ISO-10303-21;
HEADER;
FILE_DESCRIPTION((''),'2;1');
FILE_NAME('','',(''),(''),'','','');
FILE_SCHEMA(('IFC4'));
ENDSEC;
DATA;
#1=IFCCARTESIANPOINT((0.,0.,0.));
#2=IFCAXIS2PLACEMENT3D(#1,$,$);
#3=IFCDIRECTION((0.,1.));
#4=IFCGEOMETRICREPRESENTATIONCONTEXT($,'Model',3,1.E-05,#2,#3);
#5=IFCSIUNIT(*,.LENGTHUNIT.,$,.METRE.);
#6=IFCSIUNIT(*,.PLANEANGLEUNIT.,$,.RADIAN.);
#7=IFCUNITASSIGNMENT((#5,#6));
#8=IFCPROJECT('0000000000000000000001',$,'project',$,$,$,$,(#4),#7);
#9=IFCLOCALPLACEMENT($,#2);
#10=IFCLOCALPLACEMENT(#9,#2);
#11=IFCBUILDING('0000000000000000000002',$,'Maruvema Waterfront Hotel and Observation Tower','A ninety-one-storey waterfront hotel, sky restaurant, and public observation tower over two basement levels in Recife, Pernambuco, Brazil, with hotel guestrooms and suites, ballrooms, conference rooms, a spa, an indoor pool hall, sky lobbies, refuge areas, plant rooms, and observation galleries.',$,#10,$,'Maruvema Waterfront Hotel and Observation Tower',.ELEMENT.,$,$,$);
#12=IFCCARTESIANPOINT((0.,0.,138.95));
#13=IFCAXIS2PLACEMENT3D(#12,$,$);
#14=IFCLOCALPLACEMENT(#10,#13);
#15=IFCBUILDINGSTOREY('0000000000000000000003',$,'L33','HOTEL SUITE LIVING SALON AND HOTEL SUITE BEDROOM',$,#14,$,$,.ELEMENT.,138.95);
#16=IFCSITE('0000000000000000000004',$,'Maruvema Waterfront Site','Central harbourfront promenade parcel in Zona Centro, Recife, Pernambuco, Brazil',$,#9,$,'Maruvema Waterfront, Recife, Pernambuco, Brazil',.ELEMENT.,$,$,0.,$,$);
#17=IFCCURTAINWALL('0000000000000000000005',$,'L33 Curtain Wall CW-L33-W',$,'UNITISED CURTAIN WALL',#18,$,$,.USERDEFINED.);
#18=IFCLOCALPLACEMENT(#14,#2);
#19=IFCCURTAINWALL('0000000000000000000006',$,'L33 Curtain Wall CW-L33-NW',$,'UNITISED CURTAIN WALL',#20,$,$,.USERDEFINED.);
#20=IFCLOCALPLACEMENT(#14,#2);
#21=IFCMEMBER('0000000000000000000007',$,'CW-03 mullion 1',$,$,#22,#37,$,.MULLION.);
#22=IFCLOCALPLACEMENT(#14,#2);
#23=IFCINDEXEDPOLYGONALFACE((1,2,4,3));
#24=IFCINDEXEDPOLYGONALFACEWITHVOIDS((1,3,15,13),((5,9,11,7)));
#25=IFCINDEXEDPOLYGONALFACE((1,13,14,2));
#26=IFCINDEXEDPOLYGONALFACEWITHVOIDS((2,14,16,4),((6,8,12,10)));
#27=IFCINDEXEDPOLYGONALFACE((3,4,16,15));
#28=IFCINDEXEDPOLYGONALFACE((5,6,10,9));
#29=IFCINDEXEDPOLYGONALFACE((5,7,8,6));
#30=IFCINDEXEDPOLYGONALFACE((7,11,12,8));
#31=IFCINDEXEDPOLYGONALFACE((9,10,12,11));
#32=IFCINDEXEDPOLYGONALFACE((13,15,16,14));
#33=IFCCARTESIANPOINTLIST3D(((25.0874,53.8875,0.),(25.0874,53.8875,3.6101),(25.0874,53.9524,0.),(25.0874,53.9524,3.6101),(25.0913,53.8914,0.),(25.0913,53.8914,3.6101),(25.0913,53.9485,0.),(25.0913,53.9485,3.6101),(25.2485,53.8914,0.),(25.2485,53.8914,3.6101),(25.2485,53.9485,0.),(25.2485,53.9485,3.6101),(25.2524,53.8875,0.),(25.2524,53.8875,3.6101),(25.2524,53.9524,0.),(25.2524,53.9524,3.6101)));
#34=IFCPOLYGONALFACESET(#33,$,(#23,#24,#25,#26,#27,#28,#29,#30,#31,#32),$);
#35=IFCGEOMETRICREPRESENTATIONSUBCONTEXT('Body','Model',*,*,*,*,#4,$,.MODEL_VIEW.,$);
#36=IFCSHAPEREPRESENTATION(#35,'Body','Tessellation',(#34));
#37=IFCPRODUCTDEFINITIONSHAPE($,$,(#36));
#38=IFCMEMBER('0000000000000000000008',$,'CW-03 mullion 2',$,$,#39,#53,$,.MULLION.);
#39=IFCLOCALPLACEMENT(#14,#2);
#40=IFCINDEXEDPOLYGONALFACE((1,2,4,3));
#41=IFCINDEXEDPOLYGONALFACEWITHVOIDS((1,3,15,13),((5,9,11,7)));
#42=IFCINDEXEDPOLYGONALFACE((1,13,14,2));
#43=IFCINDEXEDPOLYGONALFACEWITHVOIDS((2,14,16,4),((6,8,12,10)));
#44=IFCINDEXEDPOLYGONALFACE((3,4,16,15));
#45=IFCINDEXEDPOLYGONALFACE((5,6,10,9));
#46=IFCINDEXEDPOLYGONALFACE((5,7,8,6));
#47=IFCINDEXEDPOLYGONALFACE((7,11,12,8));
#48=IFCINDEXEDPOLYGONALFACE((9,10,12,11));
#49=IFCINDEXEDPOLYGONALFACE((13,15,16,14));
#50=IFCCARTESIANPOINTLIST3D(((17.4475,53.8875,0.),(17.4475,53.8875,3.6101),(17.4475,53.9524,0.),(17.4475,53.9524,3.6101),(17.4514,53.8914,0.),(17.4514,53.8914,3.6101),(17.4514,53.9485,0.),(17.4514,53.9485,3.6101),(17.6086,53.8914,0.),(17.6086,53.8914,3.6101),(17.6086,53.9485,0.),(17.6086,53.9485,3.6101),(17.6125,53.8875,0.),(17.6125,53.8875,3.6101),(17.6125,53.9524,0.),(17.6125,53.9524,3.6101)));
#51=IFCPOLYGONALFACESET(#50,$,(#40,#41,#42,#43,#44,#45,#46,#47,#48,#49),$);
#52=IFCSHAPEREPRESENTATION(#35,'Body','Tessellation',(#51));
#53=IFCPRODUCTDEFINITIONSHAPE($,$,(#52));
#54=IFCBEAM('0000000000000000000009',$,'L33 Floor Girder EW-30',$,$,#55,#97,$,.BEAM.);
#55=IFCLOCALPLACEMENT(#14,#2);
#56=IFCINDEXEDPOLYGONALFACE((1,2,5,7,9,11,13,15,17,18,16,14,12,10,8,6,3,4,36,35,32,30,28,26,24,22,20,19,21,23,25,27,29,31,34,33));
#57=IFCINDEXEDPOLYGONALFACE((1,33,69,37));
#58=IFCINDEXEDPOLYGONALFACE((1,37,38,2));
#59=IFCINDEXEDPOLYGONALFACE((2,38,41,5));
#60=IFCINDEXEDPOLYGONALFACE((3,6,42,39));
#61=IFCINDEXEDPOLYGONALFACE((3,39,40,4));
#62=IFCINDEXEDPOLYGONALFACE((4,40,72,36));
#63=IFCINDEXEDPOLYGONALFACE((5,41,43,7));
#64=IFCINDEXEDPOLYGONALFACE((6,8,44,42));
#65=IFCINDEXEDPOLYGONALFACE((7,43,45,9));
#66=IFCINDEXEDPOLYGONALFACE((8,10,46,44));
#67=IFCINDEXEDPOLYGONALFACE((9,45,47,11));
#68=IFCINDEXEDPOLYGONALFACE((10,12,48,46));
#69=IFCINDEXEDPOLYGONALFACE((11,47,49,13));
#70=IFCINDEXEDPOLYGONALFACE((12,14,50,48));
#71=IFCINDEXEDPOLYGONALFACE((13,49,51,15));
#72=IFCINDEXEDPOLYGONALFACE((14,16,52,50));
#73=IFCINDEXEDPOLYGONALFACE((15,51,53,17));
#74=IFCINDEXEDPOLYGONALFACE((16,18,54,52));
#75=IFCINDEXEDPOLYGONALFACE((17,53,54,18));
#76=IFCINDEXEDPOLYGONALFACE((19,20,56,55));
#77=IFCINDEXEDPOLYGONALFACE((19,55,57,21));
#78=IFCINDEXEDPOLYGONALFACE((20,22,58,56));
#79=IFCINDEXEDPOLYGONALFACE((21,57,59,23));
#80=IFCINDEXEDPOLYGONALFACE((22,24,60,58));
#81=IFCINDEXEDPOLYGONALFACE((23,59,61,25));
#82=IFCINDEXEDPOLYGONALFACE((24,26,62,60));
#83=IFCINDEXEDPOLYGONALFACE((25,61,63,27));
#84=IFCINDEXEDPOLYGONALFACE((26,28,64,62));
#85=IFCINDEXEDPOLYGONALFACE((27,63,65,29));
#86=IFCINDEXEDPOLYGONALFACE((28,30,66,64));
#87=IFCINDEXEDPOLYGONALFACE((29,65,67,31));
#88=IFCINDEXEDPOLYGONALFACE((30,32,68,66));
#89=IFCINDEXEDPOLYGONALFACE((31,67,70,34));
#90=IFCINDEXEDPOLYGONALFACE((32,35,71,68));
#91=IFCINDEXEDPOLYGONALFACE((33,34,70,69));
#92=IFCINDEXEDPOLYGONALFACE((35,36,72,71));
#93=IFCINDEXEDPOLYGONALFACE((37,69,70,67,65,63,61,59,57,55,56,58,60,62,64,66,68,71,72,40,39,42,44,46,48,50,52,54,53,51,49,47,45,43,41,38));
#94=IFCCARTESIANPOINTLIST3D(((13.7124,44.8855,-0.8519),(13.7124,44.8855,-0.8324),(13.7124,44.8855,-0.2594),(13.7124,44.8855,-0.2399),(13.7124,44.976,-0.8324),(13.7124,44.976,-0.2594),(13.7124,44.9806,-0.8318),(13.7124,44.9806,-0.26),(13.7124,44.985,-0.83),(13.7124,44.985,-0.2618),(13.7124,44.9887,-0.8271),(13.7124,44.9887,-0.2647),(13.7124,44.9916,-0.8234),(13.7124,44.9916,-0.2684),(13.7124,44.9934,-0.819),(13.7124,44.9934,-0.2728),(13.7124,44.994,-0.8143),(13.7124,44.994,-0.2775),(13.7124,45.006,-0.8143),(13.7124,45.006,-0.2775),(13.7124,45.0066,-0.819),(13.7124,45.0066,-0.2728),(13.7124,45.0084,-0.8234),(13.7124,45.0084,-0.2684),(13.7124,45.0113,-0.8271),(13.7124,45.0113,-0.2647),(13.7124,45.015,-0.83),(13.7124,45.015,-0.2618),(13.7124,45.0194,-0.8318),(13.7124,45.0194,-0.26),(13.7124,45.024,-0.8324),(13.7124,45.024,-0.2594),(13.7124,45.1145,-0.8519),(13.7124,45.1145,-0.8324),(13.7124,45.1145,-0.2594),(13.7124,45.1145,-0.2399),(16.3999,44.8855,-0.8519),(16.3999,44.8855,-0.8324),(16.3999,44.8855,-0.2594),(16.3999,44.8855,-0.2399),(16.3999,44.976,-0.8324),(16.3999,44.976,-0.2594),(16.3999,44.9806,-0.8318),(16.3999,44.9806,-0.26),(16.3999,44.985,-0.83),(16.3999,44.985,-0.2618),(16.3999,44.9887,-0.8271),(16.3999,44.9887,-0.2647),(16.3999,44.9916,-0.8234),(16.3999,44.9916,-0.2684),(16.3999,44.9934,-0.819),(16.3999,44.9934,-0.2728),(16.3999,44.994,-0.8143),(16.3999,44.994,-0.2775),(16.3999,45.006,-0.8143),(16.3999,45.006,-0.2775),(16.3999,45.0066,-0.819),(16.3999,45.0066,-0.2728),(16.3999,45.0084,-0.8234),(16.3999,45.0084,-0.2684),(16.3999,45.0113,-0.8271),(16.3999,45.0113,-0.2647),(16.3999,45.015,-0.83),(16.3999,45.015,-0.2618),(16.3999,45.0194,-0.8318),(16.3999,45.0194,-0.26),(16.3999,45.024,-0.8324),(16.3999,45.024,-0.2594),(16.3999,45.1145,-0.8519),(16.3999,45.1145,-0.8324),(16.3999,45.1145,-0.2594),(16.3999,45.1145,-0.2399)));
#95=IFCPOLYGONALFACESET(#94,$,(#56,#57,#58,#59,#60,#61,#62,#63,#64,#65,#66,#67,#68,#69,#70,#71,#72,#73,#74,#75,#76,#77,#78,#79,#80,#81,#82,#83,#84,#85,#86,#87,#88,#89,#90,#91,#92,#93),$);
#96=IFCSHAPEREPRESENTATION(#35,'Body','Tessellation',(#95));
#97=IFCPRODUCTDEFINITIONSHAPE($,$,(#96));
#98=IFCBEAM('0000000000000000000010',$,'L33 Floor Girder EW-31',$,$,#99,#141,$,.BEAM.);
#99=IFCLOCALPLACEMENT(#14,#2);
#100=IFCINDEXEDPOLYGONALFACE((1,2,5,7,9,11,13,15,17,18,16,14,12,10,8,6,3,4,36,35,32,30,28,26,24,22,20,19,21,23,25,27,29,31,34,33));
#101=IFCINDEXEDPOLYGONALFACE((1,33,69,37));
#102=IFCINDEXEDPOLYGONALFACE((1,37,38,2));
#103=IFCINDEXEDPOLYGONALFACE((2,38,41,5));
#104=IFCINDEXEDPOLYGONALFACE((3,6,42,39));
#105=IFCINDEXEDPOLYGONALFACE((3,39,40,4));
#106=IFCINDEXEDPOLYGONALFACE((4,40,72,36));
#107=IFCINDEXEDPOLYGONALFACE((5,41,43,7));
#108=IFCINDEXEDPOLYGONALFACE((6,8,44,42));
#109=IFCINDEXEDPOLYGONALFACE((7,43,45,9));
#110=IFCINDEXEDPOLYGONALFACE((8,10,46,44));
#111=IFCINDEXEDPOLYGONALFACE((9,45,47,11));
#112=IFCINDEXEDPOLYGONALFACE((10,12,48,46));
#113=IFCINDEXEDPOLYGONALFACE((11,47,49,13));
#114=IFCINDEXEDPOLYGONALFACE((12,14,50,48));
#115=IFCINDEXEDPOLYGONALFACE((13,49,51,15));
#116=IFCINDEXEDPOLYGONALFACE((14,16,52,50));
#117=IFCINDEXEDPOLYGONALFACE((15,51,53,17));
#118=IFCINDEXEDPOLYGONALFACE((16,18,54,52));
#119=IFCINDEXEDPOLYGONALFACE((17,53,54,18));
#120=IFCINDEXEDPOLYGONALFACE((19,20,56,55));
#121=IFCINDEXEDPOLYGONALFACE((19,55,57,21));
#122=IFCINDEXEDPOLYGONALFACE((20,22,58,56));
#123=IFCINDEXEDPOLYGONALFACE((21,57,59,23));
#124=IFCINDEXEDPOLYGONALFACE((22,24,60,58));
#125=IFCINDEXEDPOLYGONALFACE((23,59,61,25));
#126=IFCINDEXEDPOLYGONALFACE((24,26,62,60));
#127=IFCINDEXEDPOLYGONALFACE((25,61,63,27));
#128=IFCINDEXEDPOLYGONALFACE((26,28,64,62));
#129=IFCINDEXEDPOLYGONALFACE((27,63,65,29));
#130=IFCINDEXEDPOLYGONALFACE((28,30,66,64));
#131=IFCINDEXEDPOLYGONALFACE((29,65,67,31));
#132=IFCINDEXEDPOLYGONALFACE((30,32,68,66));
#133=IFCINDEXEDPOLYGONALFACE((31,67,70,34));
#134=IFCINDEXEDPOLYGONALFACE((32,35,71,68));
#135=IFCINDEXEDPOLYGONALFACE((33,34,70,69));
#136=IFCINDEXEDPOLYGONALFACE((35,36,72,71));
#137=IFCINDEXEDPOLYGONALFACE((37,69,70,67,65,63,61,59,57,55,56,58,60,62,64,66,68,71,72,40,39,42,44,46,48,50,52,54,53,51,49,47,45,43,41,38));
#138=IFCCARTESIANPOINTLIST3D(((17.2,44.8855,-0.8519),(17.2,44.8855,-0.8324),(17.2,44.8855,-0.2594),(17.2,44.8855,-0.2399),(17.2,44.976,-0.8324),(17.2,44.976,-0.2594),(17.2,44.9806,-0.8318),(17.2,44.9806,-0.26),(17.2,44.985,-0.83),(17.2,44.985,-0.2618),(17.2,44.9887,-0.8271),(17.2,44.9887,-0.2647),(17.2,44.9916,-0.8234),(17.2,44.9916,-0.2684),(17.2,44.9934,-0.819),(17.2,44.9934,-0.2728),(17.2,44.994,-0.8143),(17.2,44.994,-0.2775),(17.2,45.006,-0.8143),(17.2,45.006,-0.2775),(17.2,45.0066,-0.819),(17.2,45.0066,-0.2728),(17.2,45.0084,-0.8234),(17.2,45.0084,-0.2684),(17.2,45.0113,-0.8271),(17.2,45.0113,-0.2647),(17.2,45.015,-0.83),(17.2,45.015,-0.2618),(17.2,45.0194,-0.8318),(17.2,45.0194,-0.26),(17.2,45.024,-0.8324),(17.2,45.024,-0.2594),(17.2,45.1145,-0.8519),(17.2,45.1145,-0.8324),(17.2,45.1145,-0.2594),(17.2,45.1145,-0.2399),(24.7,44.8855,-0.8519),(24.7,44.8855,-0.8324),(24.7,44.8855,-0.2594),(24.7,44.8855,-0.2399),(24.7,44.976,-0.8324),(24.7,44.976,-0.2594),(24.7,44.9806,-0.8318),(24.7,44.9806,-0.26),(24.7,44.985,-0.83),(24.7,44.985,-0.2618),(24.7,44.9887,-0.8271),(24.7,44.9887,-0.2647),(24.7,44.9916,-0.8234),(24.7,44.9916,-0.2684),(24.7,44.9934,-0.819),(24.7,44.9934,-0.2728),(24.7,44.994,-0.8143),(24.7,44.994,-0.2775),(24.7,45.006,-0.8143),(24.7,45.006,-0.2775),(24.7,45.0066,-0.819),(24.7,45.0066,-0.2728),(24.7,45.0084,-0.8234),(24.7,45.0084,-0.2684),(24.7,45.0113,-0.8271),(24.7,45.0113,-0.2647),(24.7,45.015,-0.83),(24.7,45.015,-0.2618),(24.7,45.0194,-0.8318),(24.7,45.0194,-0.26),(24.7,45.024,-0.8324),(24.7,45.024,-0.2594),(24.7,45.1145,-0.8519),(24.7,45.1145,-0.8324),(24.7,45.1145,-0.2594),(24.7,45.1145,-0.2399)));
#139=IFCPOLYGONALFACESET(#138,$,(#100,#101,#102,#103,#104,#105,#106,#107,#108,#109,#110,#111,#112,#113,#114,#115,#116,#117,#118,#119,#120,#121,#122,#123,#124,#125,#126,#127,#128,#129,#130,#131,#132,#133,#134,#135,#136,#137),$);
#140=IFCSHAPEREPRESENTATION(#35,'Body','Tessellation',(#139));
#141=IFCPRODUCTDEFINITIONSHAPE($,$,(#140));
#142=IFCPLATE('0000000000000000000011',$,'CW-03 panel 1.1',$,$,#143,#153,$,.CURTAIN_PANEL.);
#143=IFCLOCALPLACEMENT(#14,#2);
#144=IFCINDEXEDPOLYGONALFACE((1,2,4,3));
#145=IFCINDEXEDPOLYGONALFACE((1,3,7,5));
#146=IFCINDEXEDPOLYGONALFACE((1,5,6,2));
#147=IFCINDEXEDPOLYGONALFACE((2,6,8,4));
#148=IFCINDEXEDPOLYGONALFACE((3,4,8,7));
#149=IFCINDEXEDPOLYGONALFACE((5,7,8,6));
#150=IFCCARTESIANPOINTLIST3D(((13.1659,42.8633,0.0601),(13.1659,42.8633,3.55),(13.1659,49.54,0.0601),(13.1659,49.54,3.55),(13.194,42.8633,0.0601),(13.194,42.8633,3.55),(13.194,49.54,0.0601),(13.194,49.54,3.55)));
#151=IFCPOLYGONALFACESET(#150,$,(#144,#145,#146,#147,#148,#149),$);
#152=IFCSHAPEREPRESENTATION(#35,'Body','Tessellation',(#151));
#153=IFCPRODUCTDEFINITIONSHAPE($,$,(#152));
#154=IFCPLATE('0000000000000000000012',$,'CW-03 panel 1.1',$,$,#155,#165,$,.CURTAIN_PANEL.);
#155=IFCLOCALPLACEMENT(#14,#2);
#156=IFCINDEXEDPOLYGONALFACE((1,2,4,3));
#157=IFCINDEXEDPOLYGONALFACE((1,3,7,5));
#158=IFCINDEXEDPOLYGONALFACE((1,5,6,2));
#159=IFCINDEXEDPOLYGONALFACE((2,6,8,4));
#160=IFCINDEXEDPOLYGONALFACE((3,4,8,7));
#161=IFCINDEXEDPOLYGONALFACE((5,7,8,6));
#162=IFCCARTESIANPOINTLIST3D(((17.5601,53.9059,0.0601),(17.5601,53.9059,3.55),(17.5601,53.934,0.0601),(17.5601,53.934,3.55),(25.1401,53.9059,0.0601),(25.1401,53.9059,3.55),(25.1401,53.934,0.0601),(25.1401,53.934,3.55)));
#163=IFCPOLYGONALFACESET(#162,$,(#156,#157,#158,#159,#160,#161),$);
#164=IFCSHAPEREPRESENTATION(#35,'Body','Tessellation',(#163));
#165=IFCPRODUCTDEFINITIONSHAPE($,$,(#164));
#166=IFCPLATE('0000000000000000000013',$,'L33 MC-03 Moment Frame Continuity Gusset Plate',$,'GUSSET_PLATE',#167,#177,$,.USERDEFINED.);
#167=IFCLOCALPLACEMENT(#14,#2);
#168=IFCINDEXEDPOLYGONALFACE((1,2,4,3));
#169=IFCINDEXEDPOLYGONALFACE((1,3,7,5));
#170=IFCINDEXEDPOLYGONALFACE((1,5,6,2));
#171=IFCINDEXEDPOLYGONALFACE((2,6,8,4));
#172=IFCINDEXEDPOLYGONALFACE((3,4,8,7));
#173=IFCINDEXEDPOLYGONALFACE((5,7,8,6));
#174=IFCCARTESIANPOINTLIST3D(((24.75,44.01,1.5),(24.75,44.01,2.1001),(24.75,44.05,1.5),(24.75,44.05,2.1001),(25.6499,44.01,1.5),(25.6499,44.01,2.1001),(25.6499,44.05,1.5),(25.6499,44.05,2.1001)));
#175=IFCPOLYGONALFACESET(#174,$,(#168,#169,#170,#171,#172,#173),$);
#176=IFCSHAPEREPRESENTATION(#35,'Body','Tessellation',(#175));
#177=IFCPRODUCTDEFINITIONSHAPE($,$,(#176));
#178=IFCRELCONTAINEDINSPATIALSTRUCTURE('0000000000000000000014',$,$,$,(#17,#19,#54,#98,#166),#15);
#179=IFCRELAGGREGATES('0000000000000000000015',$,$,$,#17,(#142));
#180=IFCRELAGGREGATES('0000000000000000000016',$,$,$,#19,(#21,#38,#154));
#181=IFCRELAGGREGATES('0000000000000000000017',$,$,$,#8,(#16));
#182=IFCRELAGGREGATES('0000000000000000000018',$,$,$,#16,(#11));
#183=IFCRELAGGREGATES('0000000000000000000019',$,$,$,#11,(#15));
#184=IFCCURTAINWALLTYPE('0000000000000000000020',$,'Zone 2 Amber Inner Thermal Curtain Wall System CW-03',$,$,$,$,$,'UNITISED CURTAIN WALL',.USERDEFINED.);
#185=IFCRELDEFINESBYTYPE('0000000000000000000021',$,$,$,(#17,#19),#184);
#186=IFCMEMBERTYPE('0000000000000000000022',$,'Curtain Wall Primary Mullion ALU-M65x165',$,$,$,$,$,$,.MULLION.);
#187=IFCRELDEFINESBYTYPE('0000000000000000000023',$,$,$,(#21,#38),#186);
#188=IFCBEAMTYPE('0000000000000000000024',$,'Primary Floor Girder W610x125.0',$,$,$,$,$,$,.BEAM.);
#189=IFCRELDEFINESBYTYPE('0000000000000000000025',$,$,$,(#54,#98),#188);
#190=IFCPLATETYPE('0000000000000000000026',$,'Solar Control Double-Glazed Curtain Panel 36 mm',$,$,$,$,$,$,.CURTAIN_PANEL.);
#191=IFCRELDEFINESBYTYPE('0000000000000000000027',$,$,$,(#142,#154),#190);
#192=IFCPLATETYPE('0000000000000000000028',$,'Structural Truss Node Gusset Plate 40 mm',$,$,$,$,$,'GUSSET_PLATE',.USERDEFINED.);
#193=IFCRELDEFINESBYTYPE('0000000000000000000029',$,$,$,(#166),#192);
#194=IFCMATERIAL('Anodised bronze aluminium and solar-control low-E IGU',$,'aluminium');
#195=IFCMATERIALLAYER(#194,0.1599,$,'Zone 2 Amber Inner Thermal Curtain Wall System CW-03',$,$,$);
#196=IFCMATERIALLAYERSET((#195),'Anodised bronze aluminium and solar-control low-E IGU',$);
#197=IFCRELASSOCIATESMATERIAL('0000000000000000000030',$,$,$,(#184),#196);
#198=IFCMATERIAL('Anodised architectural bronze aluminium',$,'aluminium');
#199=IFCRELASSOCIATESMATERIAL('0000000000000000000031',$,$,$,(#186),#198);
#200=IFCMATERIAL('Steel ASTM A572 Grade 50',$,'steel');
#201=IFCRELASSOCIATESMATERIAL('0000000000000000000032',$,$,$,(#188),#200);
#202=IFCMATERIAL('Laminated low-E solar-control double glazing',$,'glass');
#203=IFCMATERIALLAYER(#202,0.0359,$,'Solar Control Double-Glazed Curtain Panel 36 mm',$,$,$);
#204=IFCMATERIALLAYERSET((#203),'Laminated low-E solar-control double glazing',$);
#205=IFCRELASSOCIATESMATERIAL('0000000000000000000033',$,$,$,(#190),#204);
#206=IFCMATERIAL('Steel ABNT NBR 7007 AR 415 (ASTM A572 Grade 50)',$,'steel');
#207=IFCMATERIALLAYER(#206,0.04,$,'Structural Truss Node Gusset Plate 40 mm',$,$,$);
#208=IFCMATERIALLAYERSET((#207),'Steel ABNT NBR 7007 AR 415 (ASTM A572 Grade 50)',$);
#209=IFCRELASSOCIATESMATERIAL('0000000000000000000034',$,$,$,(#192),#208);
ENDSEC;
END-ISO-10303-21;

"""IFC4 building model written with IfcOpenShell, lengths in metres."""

from ifc_helpers import new_model, si_unit, direction, frame, origin, origin_2d, place, context, subcontext, project, spatial, rectangle, hollow_rectangle, i_section, extrude, material, layer, layer_set, material_profile, profile_set, type_object, element, aggregate, save


model = new_model("IFC4")

# Units and contexts
model_context = context("Model", 3, precision=1e-05, world=origin(), true_north=direction((0.0, 1.0)))
body_context = subcontext(model_context, "Body", "Model", "MODEL_VIEW")
ifc_project = project(units=[si_unit("LENGTHUNIT", "METRE"), si_unit("PLANEANGLEUNIT", "RADIAN")], contexts=[model_context])

# Site, building, storey
site_placement = place(None, origin())
site = spatial("IfcSite", under=ifc_project, at=site_placement, Name="Maruvema Waterfront Site", Description="Central harbourfront promenade parcel in Zona Centro, Recife, Pernambuco, Brazil", LongName="Maruvema Waterfront, Recife, Pernambuco, Brazil", CompositionType="ELEMENT", RefElevation=0.0)
building_placement = place(site_placement, origin())
building = spatial("IfcBuilding", under=site, at=building_placement, Name="Maruvema Waterfront Hotel and Observation Tower", Description="A ninety-one-storey waterfront hotel, sky restaurant, and public observation tower over two basement levels in Recife, Pernambuco, Brazil, with hotel guestrooms and suites, ballrooms, conference rooms, a spa, an indoor pool hall, sky lobbies, refuge areas, plant rooms, and observation galleries.", LongName="Maruvema Waterfront Hotel and Observation Tower", CompositionType="ELEMENT")
storey_placement = place(building_placement, frame((0.0, 0.0, 138.95)))
storey = spatial("IfcBuildingStorey", under=building, at=storey_placement, Name="L33", Description="HOTEL SUITE LIVING SALON AND HOTEL SUITE BEDROOM", CompositionType="ELEMENT", Elevation=138.95)

# Curtain walls
ifc_material_1 = material(Name="Anodised bronze aluminium and solar-control low-E IGU", Category="aluminium")
ifc_layer_1 = layer(ifc_material_1, 0.1599, Name="Zone 2 Amber Inner Thermal Curtain Wall System CW-03")
ifc_layer_set_1 = layer_set([ifc_layer_1], Name="Anodised bronze aluminium and solar-control low-E IGU")
curtain_wall_type = type_object("IfcCurtainWallType", Name="Zone 2 Amber Inner Thermal Curtain Wall System CW-03", ElementType="UNITISED CURTAIN WALL", PredefinedType="USERDEFINED", material=ifc_layer_set_1)
curtain_wall_1_placement = place(storey_placement, origin())
curtain_wall_1 = element("IfcCurtainWall", 1, at=curtain_wall_1_placement, inside=storey, type_object=curtain_wall_type, Name="L33 Curtain Wall CW-L33-W", ObjectType="UNITISED CURTAIN WALL", PredefinedType="USERDEFINED")
curtain_wall_2_placement = place(storey_placement, origin())
curtain_wall_2 = element("IfcCurtainWall", 2, at=curtain_wall_2_placement, inside=storey, type_object=curtain_wall_type, Name="L33 Curtain Wall CW-L33-NW", ObjectType="UNITISED CURTAIN WALL", PredefinedType="USERDEFINED")

# Members
ifc_material_2 = material(Name="Anodised architectural bronze aluminium", Category="aluminium")
ifc_material_profile_1 = material_profile(ifc_material_2, hollow_rectangle(XDim=0.0649, YDim=0.165, WallThickness=0.0039, at=origin_2d()), Name="ALU-M65x165")
ifc_profile_set_1 = profile_set([ifc_material_profile_1], Name="Anodised architectural bronze aluminium")
member_type_1 = type_object("IfcMemberType", Name="Curtain Wall Primary Mullion ALU-M65x165", PredefinedType="MULLION", material=ifc_profile_set_1)
member_1_placement = place(storey_placement, frame((25.1699, 53.9199, 0.0), z_axis=(0.0, 0.0, 1.0), x_axis=(0.0, -1.0, 0.0)))
member_1 = element("IfcMember", 3, at=member_1_placement, type_object=member_type_1, Name="CW-03 mullion 1", PredefinedType="MULLION", context=body_context, shape_type="SweptSolid", body=[
    extrude(hollow_rectangle(XDim=0.0649, YDim=0.165, WallThickness=0.0039, at=origin_2d()), origin(), (0.0, 0.0, 1.0), 3.6101),
])
member_2_placement = place(storey_placement, frame((17.53, 53.9199, 0.0), z_axis=(0.0, 0.0, 1.0), x_axis=(0.0, -1.0, 0.0)))
member_2 = element("IfcMember", 4, at=member_2_placement, type_object=member_type_1, Name="CW-03 mullion 2", PredefinedType="MULLION", context=body_context, shape_type="SweptSolid", body=[
    extrude(hollow_rectangle(XDim=0.0649, YDim=0.165, WallThickness=0.0039, at=origin_2d()), origin(), (0.0, 0.0, 1.0), 3.6101),
])

# Beams
ifc_material_3 = material(Name="Steel ASTM A572 Grade 50", Category="steel")
ifc_material_profile_2 = material_profile(ifc_material_3, i_section(OverallWidth=0.229, OverallDepth=0.6121, WebThickness=0.012, FlangeThickness=0.0195, FilletRadius=0.0181, at=origin_2d()), Name="W610x125.0")
ifc_profile_set_2 = profile_set([ifc_material_profile_2], Name="Steel ASTM A572 Grade 50")
beam_type = type_object("IfcBeamType", Name="Primary Floor Girder W610x125.0", PredefinedType="BEAM", material=ifc_profile_set_2)
beam_1_placement = place(storey_placement, frame((13.7124, 45.0, -0.5459), z_axis=(1.0, 0.0, 0.0), x_axis=(0.0, 1.0, 0.0)))
element("IfcBeam", 5, at=beam_1_placement, inside=storey, type_object=beam_type, Name="L33 Floor Girder EW-30", PredefinedType="BEAM", context=body_context, shape_type="SweptSolid", body=[
    extrude(i_section(OverallWidth=0.229, OverallDepth=0.6121, WebThickness=0.012, FlangeThickness=0.0195, FilletRadius=0.0181, at=origin_2d()), origin(), (0.0, 0.0, 1.0), 2.6875),
])
beam_2_placement = place(storey_placement, frame((17.2, 45.0, -0.5459), z_axis=(1.0, 0.0, 0.0), x_axis=(0.0, 1.0, 0.0)))
element("IfcBeam", 6, at=beam_2_placement, inside=storey, type_object=beam_type, Name="L33 Floor Girder EW-31", PredefinedType="BEAM", context=body_context, shape_type="SweptSolid", body=[
    extrude(i_section(OverallWidth=0.229, OverallDepth=0.6121, WebThickness=0.012, FlangeThickness=0.0195, FilletRadius=0.0181, at=origin_2d()), origin(), (0.0, 0.0, 1.0), 7.5),
])

# Plates
ifc_material_4 = material(Name="Laminated low-E solar-control double glazing", Category="glass")
ifc_layer_2 = layer(ifc_material_4, 0.0359, Name="Solar Control Double-Glazed Curtain Panel 36 mm")
ifc_layer_set_2 = layer_set([ifc_layer_2], Name="Laminated low-E solar-control double glazing")
plate_type_1 = type_object("IfcPlateType", Name="Solar Control Double-Glazed Curtain Panel 36 mm", PredefinedType="CURTAIN_PANEL", material=ifc_layer_set_2)
plate_1_placement = place(storey_placement, frame((13.1799, 46.2017, 0.0601), z_axis=(0.0, 0.0, 1.0), x_axis=(0.0, -1.0, 0.0)))
plate_1 = element("IfcPlate", 7, at=plate_1_placement, type_object=plate_type_1, Name="CW-03 panel 1.1", PredefinedType="CURTAIN_PANEL", context=body_context, shape_type="SweptSolid", body=[
    extrude(rectangle(XDim=6.6768, YDim=0.0281, at=origin_2d()), origin(), (0.0, 0.0, 1.0), 3.49),
])
aggregate(curtain_wall_1, [plate_1])
plate_2_placement = place(storey_placement, frame((21.3501, 53.9199, 0.0601), z_axis=(0.0, 0.0, 1.0), x_axis=(-1.0, 0.0, 0.0)))
plate_2 = element("IfcPlate", 8, at=plate_2_placement, type_object=plate_type_1, Name="CW-03 panel 1.1", PredefinedType="CURTAIN_PANEL", context=body_context, shape_type="SweptSolid", body=[
    extrude(rectangle(XDim=7.5801, YDim=0.0281, at=origin_2d()), origin(), (0.0, 0.0, 1.0), 3.49),
])
aggregate(curtain_wall_2, [member_1, member_2, plate_2])
ifc_material_5 = material(Name="Steel ABNT NBR 7007 AR 415 (ASTM A572 Grade 50)", Category="steel")
ifc_layer_3 = layer(ifc_material_5, 0.04, Name="Structural Truss Node Gusset Plate 40 mm")
ifc_layer_set_3 = layer_set([ifc_layer_3], Name="Steel ABNT NBR 7007 AR 415 (ASTM A572 Grade 50)")
plate_type_2 = type_object("IfcPlateType", Name="Structural Truss Node Gusset Plate 40 mm", ElementType="GUSSET_PLATE", PredefinedType="USERDEFINED", material=ifc_layer_set_3)
plate_3_placement = place(storey_placement, frame((25.2, 44.03, 1.5), z_axis=(0.0, 0.0, 1.0), x_axis=(1.0, 0.0, 0.0)))
element("IfcPlate", 9, at=plate_3_placement, inside=storey, type_object=plate_type_2, Name="L33 MC-03 Moment Frame Continuity Gusset Plate", ObjectType="GUSSET_PLATE", PredefinedType="USERDEFINED", context=body_context, shape_type="SweptSolid", body=[
    extrude(rectangle(XDim=0.8999, YDim=0.04, at=origin_2d()), origin(), (0.0, 0.0, 1.0), 0.6001),
])

save(model, "model.ifc")
